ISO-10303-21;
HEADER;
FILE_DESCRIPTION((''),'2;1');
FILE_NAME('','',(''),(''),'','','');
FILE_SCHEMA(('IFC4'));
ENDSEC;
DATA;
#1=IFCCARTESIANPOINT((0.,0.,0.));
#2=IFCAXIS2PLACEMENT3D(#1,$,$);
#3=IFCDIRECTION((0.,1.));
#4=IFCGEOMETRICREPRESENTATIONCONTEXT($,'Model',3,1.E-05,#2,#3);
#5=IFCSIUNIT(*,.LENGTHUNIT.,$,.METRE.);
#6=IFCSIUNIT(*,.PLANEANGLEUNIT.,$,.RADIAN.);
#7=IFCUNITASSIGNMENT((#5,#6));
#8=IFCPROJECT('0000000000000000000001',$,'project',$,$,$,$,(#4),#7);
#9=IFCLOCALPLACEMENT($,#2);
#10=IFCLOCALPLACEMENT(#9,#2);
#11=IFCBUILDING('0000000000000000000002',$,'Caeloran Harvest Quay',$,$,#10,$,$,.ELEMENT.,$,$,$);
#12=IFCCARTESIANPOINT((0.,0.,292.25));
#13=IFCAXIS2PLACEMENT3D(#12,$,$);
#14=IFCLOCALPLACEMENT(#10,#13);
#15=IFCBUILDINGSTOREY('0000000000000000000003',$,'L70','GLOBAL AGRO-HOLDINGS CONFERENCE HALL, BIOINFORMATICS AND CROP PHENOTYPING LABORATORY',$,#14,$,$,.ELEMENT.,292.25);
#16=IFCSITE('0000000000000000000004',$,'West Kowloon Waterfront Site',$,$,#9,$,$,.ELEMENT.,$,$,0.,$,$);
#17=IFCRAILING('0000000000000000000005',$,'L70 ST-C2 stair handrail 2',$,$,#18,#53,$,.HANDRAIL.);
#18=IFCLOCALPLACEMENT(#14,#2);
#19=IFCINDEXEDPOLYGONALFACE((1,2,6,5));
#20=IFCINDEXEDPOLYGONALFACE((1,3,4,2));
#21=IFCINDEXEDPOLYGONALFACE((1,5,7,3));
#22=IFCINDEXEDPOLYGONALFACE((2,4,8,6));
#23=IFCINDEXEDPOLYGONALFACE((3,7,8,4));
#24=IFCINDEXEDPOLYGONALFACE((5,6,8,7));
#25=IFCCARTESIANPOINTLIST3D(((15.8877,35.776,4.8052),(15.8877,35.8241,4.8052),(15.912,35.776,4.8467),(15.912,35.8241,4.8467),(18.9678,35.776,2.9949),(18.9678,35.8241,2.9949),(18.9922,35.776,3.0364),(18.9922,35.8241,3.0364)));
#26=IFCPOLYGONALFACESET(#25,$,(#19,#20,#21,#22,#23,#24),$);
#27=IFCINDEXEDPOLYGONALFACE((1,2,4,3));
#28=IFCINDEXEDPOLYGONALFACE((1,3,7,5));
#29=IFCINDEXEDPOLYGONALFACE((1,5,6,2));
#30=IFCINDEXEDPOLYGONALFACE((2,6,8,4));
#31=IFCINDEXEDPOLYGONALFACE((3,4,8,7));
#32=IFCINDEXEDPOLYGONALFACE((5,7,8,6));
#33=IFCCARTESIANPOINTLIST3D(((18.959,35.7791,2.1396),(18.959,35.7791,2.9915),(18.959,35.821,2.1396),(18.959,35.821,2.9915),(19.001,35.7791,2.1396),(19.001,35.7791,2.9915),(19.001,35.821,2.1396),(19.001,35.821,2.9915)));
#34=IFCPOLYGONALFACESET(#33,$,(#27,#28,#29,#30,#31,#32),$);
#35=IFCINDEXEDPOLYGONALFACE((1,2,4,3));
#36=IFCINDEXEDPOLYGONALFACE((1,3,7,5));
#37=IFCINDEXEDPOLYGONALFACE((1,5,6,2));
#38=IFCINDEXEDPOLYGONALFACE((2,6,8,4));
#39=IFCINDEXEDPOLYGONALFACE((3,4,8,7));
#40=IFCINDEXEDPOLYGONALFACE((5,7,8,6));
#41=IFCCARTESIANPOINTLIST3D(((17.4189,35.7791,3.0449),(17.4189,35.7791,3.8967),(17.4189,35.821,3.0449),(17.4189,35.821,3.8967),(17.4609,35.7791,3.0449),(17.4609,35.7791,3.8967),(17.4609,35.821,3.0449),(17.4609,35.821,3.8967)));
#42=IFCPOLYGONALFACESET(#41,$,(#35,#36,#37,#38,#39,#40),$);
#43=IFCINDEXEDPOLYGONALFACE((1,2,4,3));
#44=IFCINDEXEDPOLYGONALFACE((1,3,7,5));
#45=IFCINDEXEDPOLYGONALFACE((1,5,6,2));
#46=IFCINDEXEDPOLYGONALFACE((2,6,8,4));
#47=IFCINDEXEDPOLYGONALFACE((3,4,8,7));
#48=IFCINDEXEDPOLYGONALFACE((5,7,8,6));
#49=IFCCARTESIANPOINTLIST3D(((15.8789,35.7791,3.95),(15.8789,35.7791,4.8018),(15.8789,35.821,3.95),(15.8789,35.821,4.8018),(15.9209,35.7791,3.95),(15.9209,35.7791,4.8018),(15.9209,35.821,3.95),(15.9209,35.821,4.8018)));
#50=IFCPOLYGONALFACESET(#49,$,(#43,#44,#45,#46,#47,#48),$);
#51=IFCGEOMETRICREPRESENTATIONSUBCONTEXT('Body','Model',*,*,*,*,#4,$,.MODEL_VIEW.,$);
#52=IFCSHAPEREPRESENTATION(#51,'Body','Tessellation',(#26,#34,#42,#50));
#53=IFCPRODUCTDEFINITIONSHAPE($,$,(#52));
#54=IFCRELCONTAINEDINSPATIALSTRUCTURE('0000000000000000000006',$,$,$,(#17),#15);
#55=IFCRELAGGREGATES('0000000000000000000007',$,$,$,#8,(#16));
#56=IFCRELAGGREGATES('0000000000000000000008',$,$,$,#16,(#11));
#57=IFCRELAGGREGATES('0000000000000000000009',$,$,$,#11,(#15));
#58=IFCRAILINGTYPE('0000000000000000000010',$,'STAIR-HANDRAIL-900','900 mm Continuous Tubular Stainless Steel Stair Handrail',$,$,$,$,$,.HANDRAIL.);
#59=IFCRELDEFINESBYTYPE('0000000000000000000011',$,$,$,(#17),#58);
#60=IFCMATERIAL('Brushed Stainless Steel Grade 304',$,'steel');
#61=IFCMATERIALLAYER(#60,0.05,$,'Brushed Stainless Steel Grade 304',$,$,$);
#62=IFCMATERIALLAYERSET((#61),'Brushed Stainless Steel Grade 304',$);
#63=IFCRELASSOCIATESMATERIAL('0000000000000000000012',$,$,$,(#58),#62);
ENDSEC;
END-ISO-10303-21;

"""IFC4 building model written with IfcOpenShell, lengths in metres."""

from ifc_helpers import new_model, si_unit, direction, frame, origin, origin_2d, place, context, subcontext, project, spatial, rectangle, extrude, material, layer, layer_set, type_object, element, save


model = new_model("IFC4")

# Units and contexts
model_context = context("Model", 3, precision=1e-05, world=origin(), true_north=direction((0.0, 1.0)))
body_context = subcontext(model_context, "Body", "Model", "MODEL_VIEW")
ifc_project = project(units=[si_unit("LENGTHUNIT", "METRE"), si_unit("PLANEANGLEUNIT", "RADIAN")], contexts=[model_context])

# Site, building, storey
site_placement = place(None, origin())
site = spatial("IfcSite", under=ifc_project, at=site_placement, Name="West Kowloon Waterfront Site", CompositionType="ELEMENT", RefElevation=0.0)
building_placement = place(site_placement, origin())
building = spatial("IfcBuilding", under=site, at=building_placement, Name="Caeloran Harvest Quay", CompositionType="ELEMENT")
storey_placement = place(building_placement, frame((0.0, 0.0, 292.25)))
storey = spatial("IfcBuildingStorey", under=building, at=storey_placement, Name="L70", Description="GLOBAL AGRO-HOLDINGS CONFERENCE HALL, BIOINFORMATICS AND CROP PHENOTYPING LABORATORY", CompositionType="ELEMENT", Elevation=292.25)

# Railing
ifc_material_1 = material(Name="Brushed Stainless Steel Grade 304", Category="steel")
ifc_layer_1 = layer(ifc_material_1, 0.05, Name="Brushed Stainless Steel Grade 304")
ifc_layer_set_1 = layer_set([ifc_layer_1], Name="Brushed Stainless Steel Grade 304")
railing_type_1 = type_object("IfcRailingType", Name="STAIR-HANDRAIL-900", Description="900 mm Continuous Tubular Stainless Steel Stair Handrail", PredefinedType="HANDRAIL", material=ifc_layer_set_1)
railing_1_placement = place(storey_placement, frame((18.98, 35.8, 2.1396)))
element("IfcRailing", 1, at=railing_1_placement, inside=storey, type_object=railing_type_1, Name="L70 ST-C2 stair handrail 2", PredefinedType="HANDRAIL", context=body_context, shape_type="SweptSolid", body=[
    extrude(rectangle(XDim=0.0481, YDim=0.0481, at=origin_2d()), frame((0.0, 0.0, 0.876), z_axis=(-0.862119, 0.0, 0.506707), x_axis=(0.0, -1.0, 0.0)), (0.0, 0.0, 1.0), 3.5728),
    extrude(rectangle(XDim=0.042, YDim=0.042, at=origin_2d()), origin(), (0.0, 0.0, 1.0), 0.8518),
    extrude(rectangle(XDim=0.042, YDim=0.042, at=origin_2d()), frame((-1.54, 0.0, 0.9053)), (0.0, 0.0, 1.0), 0.8518),
    extrude(rectangle(XDim=0.042, YDim=0.042, at=origin_2d()), frame((-3.0801, 0.0, 1.8103)), (0.0, 0.0, 1.0), 0.8518),
])

save(model, "model.ifc")
